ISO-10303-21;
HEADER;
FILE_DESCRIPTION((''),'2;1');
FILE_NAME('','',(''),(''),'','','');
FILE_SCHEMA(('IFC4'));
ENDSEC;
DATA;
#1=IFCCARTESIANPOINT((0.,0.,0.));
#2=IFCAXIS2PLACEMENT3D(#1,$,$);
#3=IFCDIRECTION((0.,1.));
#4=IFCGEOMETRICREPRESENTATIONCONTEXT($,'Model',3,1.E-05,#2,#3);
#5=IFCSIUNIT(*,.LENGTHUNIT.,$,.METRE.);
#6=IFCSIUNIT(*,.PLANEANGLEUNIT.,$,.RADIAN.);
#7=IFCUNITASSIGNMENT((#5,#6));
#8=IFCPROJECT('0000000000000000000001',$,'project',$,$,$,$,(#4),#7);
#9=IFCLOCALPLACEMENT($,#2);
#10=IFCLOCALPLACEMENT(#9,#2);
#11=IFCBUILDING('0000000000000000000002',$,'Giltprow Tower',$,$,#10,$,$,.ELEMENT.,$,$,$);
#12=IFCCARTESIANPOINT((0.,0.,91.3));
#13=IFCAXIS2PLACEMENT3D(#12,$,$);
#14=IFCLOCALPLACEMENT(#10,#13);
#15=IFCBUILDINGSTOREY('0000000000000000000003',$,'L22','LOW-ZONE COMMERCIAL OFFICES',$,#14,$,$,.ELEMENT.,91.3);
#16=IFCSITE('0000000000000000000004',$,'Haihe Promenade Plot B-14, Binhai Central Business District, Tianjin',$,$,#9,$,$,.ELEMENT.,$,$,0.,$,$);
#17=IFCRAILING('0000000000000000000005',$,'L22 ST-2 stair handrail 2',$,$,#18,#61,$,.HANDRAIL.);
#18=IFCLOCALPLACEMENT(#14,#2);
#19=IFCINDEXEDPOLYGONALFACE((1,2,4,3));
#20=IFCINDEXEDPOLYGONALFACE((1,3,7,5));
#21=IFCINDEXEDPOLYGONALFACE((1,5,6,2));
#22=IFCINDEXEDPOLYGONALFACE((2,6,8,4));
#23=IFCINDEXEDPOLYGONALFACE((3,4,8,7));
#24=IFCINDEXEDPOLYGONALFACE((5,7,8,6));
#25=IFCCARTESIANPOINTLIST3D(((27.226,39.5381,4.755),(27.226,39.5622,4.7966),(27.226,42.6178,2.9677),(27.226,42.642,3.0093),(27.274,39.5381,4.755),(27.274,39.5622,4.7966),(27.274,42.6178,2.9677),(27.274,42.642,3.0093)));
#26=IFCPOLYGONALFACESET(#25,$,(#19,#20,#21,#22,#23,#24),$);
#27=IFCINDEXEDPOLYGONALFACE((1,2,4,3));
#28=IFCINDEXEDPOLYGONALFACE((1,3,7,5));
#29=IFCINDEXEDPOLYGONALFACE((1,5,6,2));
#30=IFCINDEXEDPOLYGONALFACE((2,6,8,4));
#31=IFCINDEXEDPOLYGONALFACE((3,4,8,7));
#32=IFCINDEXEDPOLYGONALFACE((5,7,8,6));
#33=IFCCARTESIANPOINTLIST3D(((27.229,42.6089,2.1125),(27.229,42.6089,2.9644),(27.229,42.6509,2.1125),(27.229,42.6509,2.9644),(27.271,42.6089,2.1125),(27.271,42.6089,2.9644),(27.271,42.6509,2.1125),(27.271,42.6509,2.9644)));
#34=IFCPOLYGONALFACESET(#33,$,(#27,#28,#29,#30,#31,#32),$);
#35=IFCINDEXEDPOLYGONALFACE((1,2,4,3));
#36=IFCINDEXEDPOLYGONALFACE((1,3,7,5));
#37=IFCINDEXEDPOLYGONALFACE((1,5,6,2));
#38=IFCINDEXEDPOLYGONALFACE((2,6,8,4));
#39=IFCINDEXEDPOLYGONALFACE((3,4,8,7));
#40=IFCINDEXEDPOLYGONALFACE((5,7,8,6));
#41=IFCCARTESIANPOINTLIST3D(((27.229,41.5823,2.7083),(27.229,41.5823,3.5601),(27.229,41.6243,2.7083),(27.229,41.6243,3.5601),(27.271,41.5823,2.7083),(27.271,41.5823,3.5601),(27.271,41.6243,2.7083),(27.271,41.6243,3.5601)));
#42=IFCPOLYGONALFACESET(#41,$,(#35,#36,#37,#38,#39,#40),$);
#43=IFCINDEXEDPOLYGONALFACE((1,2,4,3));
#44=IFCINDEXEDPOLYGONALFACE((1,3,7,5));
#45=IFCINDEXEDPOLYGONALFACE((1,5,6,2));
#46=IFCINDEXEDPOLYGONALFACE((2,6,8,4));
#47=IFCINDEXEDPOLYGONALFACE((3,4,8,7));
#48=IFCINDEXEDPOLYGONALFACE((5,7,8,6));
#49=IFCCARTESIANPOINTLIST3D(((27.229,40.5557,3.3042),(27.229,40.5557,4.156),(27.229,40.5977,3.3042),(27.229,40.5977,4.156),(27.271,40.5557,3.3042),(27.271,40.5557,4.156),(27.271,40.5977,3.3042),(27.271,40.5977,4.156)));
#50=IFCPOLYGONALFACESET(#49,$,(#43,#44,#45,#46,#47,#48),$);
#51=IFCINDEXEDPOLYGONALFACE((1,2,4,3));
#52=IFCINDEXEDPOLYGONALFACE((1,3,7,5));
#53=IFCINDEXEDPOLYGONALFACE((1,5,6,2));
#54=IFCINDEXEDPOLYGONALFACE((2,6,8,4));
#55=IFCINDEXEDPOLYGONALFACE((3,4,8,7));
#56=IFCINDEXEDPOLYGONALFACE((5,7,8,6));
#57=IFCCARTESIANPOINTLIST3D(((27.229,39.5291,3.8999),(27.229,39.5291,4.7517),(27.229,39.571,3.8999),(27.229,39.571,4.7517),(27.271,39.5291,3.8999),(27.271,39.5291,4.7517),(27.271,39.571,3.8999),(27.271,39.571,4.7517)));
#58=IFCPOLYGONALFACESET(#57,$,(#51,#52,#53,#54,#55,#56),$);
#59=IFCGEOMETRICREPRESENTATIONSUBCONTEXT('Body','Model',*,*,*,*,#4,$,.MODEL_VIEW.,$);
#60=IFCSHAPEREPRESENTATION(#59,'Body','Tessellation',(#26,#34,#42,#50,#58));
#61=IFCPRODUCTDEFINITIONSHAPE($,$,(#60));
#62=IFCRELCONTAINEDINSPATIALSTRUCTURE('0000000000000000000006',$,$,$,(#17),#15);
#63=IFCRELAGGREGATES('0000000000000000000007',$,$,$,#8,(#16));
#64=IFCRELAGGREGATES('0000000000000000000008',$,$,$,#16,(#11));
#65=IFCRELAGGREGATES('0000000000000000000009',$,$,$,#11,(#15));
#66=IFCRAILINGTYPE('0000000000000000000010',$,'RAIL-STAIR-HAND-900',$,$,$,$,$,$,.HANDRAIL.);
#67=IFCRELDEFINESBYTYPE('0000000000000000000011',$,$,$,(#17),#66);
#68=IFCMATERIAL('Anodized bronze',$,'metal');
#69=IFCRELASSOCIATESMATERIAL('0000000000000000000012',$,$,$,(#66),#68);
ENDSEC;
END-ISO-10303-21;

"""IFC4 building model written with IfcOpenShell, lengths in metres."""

from ifc_helpers import new_model, si_unit, direction, frame, origin, origin_2d, place, context, subcontext, project, spatial, rectangle, extrude, material, type_object, element, save


model = new_model("IFC4")

# Units and contexts
model_context = context("Model", 3, precision=1e-05, world=origin(), true_north=direction((0.0, 1.0)))
body_context = subcontext(model_context, "Body", "Model", "MODEL_VIEW")
ifc_project = project(units=[si_unit("LENGTHUNIT", "METRE"), si_unit("PLANEANGLEUNIT", "RADIAN")], contexts=[model_context])

# Site, building, storey
site_placement = place(None, origin())
site = spatial("IfcSite", under=ifc_project, at=site_placement, Name="Haihe Promenade Plot B-14, Binhai Central Business District, Tianjin", CompositionType="ELEMENT", RefElevation=0.0)
building_placement = place(site_placement, origin())
building = spatial("IfcBuilding", under=site, at=building_placement, Name="Giltprow Tower", CompositionType="ELEMENT")
storey_placement = place(building_placement, frame((0.0, 0.0, 91.3)))
storey = spatial("IfcBuildingStorey", under=building, at=storey_placement, Name="L22", Description="LOW-ZONE COMMERCIAL OFFICES", CompositionType="ELEMENT", Elevation=91.3)

# Railing
ifc_material_1 = material(Name="Anodized bronze", Category="metal")
railing_type_1 = type_object("IfcRailingType", Name="RAIL-STAIR-HAND-900", PredefinedType="HANDRAIL", material=ifc_material_1)
railing_1_placement = place(storey_placement, frame((27.25, 42.6299, 2.1125)))
element("IfcRailing", 1, at=railing_1_placement, inside=storey, type_object=railing_type_1, Name="L22 ST-2 stair handrail 2", PredefinedType="HANDRAIL", context=body_context, shape_type="SweptSolid", body=[
    extrude(rectangle(XDim=0.0481, YDim=0.0481, at=origin_2d()), frame((0.0, 0.0, 0.876), z_axis=(0.0, -0.864903, 0.501939), x_axis=(1.0, 0.0, 0.0)), (0.0, 0.0, 1.0), 3.5608),
    extrude(rectangle(XDim=0.042, YDim=0.042, at=origin_2d()), origin(), (0.0, 0.0, 1.0), 0.8518),
    extrude(rectangle(XDim=0.042, YDim=0.042, at=origin_2d()), frame((0.0, -1.0266, 0.5957)), (0.0, 0.0, 1.0), 0.8518),
    extrude(rectangle(XDim=0.042, YDim=0.042, at=origin_2d()), frame((0.0, -2.0532, 1.1917)), (0.0, 0.0, 1.0), 0.8518),
    extrude(rectangle(XDim=0.042, YDim=0.042, at=origin_2d()), frame((0.0, -3.0798, 1.7874)), (0.0, 0.0, 1.0), 0.8518),
])

save(model, "model.ifc")
